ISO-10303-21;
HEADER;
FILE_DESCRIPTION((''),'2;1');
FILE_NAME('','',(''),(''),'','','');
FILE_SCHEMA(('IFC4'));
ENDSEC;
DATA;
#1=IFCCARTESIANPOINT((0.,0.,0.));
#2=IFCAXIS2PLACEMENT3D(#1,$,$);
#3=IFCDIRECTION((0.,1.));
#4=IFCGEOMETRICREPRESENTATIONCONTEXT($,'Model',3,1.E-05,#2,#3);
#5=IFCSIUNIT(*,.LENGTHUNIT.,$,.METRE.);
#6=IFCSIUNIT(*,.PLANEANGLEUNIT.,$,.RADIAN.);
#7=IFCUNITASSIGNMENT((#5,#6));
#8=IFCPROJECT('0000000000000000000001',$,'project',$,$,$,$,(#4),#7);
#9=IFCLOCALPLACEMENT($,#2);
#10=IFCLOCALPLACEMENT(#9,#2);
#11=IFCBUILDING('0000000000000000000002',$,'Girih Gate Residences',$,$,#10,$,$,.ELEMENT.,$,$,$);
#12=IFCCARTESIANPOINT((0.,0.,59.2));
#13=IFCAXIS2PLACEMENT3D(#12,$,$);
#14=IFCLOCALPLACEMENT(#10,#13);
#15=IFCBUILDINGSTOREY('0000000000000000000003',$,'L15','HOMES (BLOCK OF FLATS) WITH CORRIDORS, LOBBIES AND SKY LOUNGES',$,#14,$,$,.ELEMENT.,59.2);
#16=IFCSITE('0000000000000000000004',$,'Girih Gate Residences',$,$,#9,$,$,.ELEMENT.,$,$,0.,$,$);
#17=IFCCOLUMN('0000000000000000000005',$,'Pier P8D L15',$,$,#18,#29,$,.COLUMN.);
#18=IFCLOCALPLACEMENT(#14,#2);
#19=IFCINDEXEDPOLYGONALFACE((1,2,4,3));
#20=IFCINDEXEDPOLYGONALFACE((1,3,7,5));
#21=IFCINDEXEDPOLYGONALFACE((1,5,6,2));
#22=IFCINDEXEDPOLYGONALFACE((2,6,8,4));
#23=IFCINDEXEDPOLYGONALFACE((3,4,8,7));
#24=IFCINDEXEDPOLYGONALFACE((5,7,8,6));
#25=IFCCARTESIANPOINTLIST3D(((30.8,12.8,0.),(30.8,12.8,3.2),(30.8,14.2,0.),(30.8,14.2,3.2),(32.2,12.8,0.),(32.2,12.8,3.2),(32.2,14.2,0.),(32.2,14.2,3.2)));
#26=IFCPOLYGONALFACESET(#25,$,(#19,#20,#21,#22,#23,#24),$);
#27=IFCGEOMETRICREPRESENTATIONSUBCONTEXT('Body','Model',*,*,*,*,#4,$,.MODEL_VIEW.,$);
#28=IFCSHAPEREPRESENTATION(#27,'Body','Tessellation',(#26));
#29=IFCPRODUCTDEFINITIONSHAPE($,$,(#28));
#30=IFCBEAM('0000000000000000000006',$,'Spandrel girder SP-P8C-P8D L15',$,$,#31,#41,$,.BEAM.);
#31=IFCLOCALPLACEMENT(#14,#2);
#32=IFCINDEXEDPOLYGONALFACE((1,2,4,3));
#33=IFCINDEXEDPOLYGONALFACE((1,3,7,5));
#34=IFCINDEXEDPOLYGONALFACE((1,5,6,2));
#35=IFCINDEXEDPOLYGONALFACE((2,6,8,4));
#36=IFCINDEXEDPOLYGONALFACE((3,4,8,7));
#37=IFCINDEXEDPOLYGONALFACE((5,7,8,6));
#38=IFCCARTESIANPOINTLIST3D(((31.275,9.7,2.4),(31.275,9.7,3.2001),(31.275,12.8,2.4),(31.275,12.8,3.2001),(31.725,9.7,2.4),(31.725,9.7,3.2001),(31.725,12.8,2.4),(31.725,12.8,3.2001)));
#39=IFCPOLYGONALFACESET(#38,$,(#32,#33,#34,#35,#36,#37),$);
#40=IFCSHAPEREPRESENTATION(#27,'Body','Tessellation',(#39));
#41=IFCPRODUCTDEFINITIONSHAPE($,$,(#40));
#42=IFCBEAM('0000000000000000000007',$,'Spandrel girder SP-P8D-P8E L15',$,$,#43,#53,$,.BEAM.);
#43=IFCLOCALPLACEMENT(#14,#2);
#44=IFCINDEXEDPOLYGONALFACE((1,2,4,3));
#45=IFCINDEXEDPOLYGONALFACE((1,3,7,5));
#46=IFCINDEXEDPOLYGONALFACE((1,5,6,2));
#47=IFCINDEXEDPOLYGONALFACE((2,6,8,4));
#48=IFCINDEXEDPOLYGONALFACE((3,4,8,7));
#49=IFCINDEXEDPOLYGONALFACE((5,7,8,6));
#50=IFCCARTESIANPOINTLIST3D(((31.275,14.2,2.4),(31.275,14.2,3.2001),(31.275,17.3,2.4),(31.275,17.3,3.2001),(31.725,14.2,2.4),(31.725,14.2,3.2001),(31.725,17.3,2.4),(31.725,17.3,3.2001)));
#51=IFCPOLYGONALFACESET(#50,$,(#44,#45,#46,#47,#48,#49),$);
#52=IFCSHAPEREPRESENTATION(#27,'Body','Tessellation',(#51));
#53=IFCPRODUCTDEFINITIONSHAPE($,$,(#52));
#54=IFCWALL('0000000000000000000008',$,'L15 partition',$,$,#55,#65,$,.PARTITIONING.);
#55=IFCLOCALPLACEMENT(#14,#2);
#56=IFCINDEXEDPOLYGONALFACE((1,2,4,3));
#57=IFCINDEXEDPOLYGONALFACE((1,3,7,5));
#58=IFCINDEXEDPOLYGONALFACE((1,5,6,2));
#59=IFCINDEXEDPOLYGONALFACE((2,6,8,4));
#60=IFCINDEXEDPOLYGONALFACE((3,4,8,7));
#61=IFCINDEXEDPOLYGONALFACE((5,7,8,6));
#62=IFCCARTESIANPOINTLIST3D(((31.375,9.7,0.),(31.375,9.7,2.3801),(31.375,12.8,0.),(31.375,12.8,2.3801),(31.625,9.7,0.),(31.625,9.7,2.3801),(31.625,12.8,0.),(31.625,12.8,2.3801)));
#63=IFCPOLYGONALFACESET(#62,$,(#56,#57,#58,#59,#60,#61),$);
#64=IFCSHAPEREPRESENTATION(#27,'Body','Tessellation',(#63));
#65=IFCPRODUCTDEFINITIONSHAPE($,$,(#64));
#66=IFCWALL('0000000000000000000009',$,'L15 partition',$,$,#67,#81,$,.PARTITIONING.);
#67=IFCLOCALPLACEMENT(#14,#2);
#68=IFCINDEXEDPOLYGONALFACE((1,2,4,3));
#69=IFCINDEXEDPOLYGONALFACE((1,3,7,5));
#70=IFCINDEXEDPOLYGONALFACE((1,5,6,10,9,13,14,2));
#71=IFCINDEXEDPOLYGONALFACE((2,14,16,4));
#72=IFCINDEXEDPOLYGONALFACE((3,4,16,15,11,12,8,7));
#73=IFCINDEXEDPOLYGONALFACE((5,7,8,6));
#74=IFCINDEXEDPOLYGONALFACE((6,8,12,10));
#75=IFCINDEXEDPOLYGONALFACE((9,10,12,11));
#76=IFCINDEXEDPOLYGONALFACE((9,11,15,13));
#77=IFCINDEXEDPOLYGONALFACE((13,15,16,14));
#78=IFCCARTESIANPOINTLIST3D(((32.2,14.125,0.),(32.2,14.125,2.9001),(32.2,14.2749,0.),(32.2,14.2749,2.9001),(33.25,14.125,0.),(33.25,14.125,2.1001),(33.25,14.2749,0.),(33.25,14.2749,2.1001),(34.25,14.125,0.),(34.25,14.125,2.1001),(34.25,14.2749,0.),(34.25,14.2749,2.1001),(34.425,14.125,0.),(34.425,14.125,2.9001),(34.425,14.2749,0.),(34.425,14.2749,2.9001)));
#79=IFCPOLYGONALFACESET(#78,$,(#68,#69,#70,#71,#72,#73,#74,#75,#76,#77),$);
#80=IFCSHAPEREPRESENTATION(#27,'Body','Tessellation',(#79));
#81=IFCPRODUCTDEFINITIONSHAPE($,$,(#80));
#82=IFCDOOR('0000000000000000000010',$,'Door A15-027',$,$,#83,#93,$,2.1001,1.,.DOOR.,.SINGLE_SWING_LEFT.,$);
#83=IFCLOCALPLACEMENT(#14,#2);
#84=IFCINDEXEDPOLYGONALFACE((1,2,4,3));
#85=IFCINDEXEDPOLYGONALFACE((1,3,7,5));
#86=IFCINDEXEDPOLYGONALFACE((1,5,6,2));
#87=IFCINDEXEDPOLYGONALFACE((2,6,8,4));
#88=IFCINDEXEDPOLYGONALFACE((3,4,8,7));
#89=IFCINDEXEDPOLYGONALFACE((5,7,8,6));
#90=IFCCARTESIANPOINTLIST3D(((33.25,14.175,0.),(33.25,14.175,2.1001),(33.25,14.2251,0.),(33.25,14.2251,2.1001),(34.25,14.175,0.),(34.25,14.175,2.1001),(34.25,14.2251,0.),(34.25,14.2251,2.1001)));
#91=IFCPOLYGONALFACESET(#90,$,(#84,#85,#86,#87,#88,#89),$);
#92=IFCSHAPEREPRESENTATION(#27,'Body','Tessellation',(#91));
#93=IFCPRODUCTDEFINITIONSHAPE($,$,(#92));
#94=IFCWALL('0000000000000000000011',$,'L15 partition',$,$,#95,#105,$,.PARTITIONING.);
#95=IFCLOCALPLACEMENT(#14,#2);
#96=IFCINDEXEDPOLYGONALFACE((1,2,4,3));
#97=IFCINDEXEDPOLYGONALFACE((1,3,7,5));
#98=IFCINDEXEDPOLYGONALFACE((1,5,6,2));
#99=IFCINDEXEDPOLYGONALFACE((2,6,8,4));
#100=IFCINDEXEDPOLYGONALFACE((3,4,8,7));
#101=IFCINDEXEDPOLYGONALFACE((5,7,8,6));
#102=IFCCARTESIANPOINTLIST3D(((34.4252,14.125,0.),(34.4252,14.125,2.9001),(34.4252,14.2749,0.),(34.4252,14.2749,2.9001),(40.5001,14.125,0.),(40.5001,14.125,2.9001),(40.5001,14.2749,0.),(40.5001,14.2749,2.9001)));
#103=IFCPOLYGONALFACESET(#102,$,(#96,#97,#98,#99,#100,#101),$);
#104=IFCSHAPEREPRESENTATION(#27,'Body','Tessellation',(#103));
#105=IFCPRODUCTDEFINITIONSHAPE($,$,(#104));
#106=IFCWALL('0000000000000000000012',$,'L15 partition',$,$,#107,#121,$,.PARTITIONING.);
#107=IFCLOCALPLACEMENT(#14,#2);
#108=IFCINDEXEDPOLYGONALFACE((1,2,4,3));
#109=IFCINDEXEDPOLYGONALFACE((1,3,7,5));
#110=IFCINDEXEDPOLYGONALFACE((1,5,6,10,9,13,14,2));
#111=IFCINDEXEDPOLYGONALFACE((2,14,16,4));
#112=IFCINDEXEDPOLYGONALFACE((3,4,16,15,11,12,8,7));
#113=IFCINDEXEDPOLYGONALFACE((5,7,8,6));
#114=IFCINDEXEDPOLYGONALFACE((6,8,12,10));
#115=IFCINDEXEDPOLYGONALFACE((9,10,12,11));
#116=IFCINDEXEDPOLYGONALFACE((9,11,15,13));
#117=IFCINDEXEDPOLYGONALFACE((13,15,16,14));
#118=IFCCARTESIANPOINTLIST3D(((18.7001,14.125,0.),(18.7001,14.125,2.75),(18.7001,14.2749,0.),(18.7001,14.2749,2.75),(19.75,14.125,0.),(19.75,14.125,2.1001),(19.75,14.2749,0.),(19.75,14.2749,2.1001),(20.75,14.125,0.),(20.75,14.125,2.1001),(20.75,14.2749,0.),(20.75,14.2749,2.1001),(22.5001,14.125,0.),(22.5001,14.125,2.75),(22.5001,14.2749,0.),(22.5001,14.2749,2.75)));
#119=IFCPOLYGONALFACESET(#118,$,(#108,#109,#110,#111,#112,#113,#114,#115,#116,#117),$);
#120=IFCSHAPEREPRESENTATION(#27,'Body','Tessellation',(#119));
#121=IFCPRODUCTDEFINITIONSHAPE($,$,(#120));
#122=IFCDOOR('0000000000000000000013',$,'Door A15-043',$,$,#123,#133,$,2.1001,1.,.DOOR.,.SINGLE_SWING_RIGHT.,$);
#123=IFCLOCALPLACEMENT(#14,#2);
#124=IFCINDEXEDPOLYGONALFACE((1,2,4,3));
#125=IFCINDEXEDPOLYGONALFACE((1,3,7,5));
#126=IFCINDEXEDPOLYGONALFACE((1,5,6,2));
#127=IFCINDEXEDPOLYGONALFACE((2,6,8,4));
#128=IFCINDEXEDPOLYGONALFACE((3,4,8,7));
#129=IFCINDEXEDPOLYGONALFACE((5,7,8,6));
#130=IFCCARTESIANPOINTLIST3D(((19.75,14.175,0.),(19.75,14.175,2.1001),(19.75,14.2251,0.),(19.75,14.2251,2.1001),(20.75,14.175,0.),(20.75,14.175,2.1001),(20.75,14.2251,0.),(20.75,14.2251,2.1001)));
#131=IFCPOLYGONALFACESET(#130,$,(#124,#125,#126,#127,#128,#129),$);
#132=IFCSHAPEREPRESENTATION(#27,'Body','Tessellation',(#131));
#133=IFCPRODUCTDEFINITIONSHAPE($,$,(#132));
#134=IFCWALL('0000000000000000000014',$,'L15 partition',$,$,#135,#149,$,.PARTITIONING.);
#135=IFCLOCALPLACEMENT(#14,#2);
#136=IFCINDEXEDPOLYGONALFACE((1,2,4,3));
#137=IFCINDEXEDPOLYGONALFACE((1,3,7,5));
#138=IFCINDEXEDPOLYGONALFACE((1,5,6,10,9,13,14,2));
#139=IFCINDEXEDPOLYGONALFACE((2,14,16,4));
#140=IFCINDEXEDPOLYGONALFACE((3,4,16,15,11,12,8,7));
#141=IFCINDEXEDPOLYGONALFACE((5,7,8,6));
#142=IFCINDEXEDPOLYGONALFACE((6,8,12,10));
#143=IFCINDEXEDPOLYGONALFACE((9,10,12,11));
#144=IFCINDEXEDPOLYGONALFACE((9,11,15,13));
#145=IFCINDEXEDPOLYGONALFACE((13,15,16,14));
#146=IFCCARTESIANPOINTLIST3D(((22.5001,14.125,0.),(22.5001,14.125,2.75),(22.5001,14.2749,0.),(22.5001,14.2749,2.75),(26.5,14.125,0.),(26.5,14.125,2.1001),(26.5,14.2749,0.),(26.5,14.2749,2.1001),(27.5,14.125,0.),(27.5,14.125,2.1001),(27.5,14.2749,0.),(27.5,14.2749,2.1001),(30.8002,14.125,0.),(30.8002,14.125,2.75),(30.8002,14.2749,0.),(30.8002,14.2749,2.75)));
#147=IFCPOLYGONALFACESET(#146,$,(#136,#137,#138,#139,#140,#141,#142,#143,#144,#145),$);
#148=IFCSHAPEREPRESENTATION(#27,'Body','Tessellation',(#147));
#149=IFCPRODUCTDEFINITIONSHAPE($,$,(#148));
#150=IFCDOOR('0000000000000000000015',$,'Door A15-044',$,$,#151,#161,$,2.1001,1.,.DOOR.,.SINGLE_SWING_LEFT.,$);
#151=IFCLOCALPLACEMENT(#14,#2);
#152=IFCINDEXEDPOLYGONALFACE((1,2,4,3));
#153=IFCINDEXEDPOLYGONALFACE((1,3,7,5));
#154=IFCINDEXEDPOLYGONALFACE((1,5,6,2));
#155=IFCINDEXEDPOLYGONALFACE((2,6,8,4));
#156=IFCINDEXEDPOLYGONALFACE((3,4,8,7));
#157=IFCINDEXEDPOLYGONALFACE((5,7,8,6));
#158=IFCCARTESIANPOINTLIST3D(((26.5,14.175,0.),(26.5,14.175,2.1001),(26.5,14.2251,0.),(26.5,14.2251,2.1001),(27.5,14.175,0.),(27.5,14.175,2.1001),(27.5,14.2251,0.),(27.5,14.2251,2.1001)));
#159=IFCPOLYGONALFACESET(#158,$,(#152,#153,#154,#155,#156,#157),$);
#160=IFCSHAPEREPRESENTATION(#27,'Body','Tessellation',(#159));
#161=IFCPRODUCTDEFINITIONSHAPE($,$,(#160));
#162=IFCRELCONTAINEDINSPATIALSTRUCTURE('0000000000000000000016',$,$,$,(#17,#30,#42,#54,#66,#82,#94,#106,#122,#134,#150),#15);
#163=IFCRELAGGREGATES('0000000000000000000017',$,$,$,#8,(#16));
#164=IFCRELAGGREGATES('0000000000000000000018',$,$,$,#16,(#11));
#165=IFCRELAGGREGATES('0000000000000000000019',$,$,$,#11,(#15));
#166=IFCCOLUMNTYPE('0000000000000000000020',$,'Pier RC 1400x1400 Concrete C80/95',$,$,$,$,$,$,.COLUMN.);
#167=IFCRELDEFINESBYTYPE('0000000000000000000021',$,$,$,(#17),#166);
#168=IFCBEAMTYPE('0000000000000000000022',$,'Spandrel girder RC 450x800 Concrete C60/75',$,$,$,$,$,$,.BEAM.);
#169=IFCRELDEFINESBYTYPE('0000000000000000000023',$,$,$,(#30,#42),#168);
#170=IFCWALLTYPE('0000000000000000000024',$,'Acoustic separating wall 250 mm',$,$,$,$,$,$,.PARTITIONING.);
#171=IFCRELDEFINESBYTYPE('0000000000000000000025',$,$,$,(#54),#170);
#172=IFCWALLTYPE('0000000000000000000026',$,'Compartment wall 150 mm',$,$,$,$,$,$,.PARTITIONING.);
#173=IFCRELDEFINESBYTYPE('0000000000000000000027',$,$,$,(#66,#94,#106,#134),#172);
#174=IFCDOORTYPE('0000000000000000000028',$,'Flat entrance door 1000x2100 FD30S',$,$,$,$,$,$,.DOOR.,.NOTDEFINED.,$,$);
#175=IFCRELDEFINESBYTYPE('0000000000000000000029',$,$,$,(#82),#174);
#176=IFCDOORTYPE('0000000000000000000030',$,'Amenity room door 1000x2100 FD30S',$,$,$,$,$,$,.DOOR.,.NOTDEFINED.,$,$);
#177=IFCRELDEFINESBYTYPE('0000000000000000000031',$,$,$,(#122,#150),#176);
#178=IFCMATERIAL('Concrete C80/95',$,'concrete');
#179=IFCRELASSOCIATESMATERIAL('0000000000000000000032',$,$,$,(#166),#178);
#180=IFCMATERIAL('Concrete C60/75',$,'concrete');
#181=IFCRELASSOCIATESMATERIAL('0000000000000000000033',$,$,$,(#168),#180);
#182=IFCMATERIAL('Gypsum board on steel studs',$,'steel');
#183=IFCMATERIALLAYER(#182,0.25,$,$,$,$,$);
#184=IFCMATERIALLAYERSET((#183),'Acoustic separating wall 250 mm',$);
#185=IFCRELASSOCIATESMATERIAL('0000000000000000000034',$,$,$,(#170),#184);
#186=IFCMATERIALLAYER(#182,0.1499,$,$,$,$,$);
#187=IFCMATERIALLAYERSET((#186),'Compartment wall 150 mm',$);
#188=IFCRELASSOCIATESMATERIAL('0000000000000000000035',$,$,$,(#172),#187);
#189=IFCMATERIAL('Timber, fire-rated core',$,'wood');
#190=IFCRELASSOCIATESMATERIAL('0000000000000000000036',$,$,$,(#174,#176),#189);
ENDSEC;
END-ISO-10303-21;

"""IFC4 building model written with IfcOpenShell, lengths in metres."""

from ifc_helpers import new_model, si_unit, direction, frame, frame_2d, origin, origin_2d, place, context, subcontext, project, spatial, rectangle, extrude, material, layer, layer_set, material_profile, profile_set, type_object, element, fill, save


model = new_model("IFC4")

# Units and contexts
model_context = context("Model", 3, precision=1e-05, world=origin(), true_north=direction((0.0, 1.0)))
body_context = subcontext(model_context, "Body", "Model", "MODEL_VIEW")
ifc_project = project(units=[si_unit("LENGTHUNIT", "METRE"), si_unit("PLANEANGLEUNIT", "RADIAN")], contexts=[model_context])

# Site, building, storey
site_placement = place(None, origin())
site = spatial("IfcSite", under=ifc_project, at=site_placement, Name="Girih Gate Residences", CompositionType="ELEMENT", RefElevation=0.0)
building_placement = place(site_placement, origin())
building = spatial("IfcBuilding", under=site, at=building_placement, Name="Girih Gate Residences", CompositionType="ELEMENT")
storey_placement = place(building_placement, frame((0.0, 0.0, 59.2)))
storey = spatial("IfcBuildingStorey", under=building, at=storey_placement, Name="L15", Description="HOMES (BLOCK OF FLATS) WITH CORRIDORS, LOBBIES AND SKY LOUNGES", CompositionType="ELEMENT", Elevation=59.2)

# Column
ifc_material_1 = material(Name="Concrete C80/95", Category="concrete")
ifc_material_profile_1 = material_profile(ifc_material_1, rectangle(XDim=1.3999, YDim=1.3999, at=origin_2d()))
ifc_profile_set_1 = profile_set([ifc_material_profile_1], Name="Concrete C80/95")
column_type = type_object("IfcColumnType", Name="Pier RC 1400x1400 Concrete C80/95", PredefinedType="COLUMN", material=ifc_profile_set_1)
column_placement = place(storey_placement, frame((31.5, 13.5, 0.0), z_axis=(0.0, 0.0, 1.0), x_axis=(1.0, 0.0, 0.0)))
element("IfcColumn", 1, at=column_placement, inside=storey, type_object=column_type, Name="Pier P8D L15", PredefinedType="COLUMN", context=body_context, shape_type="SweptSolid", body=[
    extrude(rectangle(XDim=1.3999, YDim=1.3999, at=origin_2d()), origin(), (0.0, 0.0, 1.0), 3.2),
])

# Beams
ifc_material_2 = material(Name="Concrete C60/75", Category="concrete")
ifc_material_profile_2 = material_profile(ifc_material_2, rectangle(XDim=0.45, YDim=0.8, at=origin_2d()))
ifc_profile_set_2 = profile_set([ifc_material_profile_2], Name="Concrete C60/75")
beam_type = type_object("IfcBeamType", Name="Spandrel girder RC 450x800 Concrete C60/75", PredefinedType="BEAM", material=ifc_profile_set_2)
for number, where, z_axis, x_axis, name in (
    (2, (31.5, 9.7, 2.8), (0.0, 1.0, 0.0), (-1.0, 0.0, 0.0), "Spandrel girder SP-P8C-P8D L15"),
    (3, (31.5, 14.2, 2.8), (0.0, 1.0, 0.0), (-1.0, 0.0, 0.0), "Spandrel girder SP-P8D-P8E L15"),
):
    element("IfcBeam", number, at=place(storey_placement, frame(where, z_axis=z_axis, x_axis=x_axis)), inside=storey, type_object=beam_type, Name=name, PredefinedType="BEAM", context=body_context, shape_type="SweptSolid", body=[
        extrude(rectangle(XDim=0.45, YDim=0.8, at=origin_2d()), origin(), (0.0, 0.0, 1.0), 3.1001),
    ])

# Wall
ifc_material_3 = material(Name="Gypsum board on steel studs", Category="steel")
ifc_layer_1 = layer(ifc_material_3, 0.25)
ifc_layer_set_1 = layer_set([ifc_layer_1], Name="Acoustic separating wall 250 mm")
wall_type_1 = type_object("IfcWallType", Name="Acoustic separating wall 250 mm", PredefinedType="PARTITIONING", material=ifc_layer_set_1)
wall_1_placement = place(storey_placement, frame((31.5, 9.7, 0.0), z_axis=(0.0, 0.0, 1.0), x_axis=(0.0, 1.0, 0.0)))
element("IfcWall", 4, at=wall_1_placement, inside=storey, type_object=wall_type_1, Name="L15 partition", PredefinedType="PARTITIONING", context=body_context, shape_type="SweptSolid", body=[
    extrude(rectangle(XDim=3.1001, YDim=0.25, at=frame_2d((1.55, 0.0))), origin(), (0.0, 0.0, 1.0), 2.3801),
])

# Wall, opening, door
ifc_layer_2 = layer(ifc_material_3, 0.1499)
ifc_layer_set_2 = layer_set([ifc_layer_2], Name="Compartment wall 150 mm")
wall_type_2 = type_object("IfcWallType", Name="Compartment wall 150 mm", PredefinedType="PARTITIONING", material=ifc_layer_set_2)
wall_2_placement = place(storey_placement, frame((34.425, 14.2, 0.0), z_axis=(0.0, 0.0, 1.0), x_axis=(-1.0, 0.0, 0.0)))
wall_2 = element("IfcWall", 5, at=wall_2_placement, inside=storey, type_object=wall_type_2, Name="L15 partition", PredefinedType="PARTITIONING", context=body_context, shape_type="SweptSolid", body=[
    extrude(rectangle(XDim=2.2251, YDim=0.1499, at=frame_2d((1.1125, 0.0))), origin(), (0.0, 0.0, 1.0), 2.9001),
])
opening_1_placement = place(wall_2_placement, frame((0.175, 0.0, 0.0)))
opening_1 = element("IfcOpeningElement", 6, at=opening_1_placement, cuts=wall_2, PredefinedType="OPENING", context=body_context, shape_type="SweptSolid", body=[
    extrude(rectangle(XDim=1.0, YDim=2.1001, at=frame_2d((0.5, 1.05))), frame((0.0, 0.085, 0.0), z_axis=(0.0, -1.0, 0.0), x_axis=(1.0, 0.0, 0.0)), (0.0, 0.0, 1.0), 0.1699),
])
ifc_material_4 = material(Name="Timber, fire-rated core", Category="wood")
door_type_1 = type_object("IfcDoorType", Name="Flat entrance door 1000x2100 FD30S", OperationType="NOTDEFINED", PredefinedType="DOOR", material=ifc_material_4)
door_1_placement = place(opening_1_placement, origin())
door_1 = element("IfcDoor", 7, at=door_1_placement, inside=storey, type_object=door_type_1, Name="Door A15-027", OperationType="SINGLE_SWING_LEFT", OverallHeight=2.1001, OverallWidth=1.0, PredefinedType="DOOR", context=body_context, shape_type="SweptSolid", body=[
    extrude(rectangle(XDim=1.0, YDim=2.1001, at=frame_2d((0.5, 1.05))), frame((0.0, 0.0249, 0.0), z_axis=(0.0, -1.0, 0.0), x_axis=(1.0, 0.0, 0.0)), (0.0, 0.0, 1.0), 0.05),
])
fill(opening_1, door_1)

# Wall
wall_3_placement = place(storey_placement, frame((34.425, 14.2, 0.0), z_axis=(0.0, 0.0, 1.0), x_axis=(1.0, 0.0, 0.0)))
element("IfcWall", 8, at=wall_3_placement, inside=storey, type_object=wall_type_2, Name="L15 partition", PredefinedType="PARTITIONING", context=body_context, shape_type="SweptSolid", body=[
    extrude(rectangle(XDim=6.075, YDim=0.1499, at=frame_2d((3.0376, 0.0))), origin(), (0.0, 0.0, 1.0), 2.9001),
])

# Walls, openings, doors
wall_4_placement = place(storey_placement, frame((22.5, 14.2, 0.0), z_axis=(0.0, 0.0, 1.0), x_axis=(-1.0, 0.0, 0.0)))
wall_4 = element("IfcWall", 9, at=wall_4_placement, inside=storey, type_object=wall_type_2, Name="L15 partition", PredefinedType="PARTITIONING", context=body_context, shape_type="SweptSolid", body=[
    extrude(rectangle(XDim=3.8, YDim=0.1499, at=frame_2d((1.8999, 0.0))), origin(), (0.0, 0.0, 1.0), 2.75),
])
opening_2_placement = place(wall_4_placement, frame((1.75, 0.0, 0.0)))
opening_2 = element("IfcOpeningElement", 10, at=opening_2_placement, cuts=wall_4, PredefinedType="OPENING", context=body_context, shape_type="SweptSolid", body=[
    extrude(rectangle(XDim=1.0, YDim=2.1001, at=frame_2d((0.5, 1.05))), frame((0.0, 0.085, 0.0), z_axis=(0.0, -1.0, 0.0), x_axis=(1.0, 0.0, 0.0)), (0.0, 0.0, 1.0), 0.1699),
])
door_type_2 = type_object("IfcDoorType", Name="Amenity room door 1000x2100 FD30S", OperationType="NOTDEFINED", PredefinedType="DOOR", material=ifc_material_4)
door_2_placement = place(opening_2_placement, origin())
door_2 = element("IfcDoor", 11, at=door_2_placement, inside=storey, type_object=door_type_2, Name="Door A15-043", OperationType="SINGLE_SWING_RIGHT", OverallHeight=2.1001, OverallWidth=1.0, PredefinedType="DOOR", context=body_context, shape_type="SweptSolid", body=[
    extrude(rectangle(XDim=1.0, YDim=2.1001, at=frame_2d((0.5, 1.05))), frame((0.0, 0.0249, 0.0), z_axis=(0.0, -1.0, 0.0), x_axis=(1.0, 0.0, 0.0)), (0.0, 0.0, 1.0), 0.05),
])
fill(opening_2, door_2)
wall_5_placement = place(storey_placement, frame((30.8, 14.2, 0.0), z_axis=(0.0, 0.0, 1.0), x_axis=(-1.0, 0.0, 0.0)))
wall_5 = element("IfcWall", 12, at=wall_5_placement, inside=storey, type_object=wall_type_2, Name="L15 partition", PredefinedType="PARTITIONING", context=body_context, shape_type="SweptSolid", body=[
    extrude(rectangle(XDim=8.3, YDim=0.1499, at=frame_2d((4.1499, 0.0))), origin(), (0.0, 0.0, 1.0), 2.75),
])
opening_3_placement = place(wall_5_placement, frame((3.3, 0.0, 0.0)))
opening_3 = element("IfcOpeningElement", 13, at=opening_3_placement, cuts=wall_5, PredefinedType="OPENING", context=body_context, shape_type="SweptSolid", body=[
    extrude(rectangle(XDim=1.0, YDim=2.1001, at=frame_2d((0.5, 1.05))), frame((0.0, 0.085, 0.0), z_axis=(0.0, -1.0, 0.0), x_axis=(1.0, 0.0, 0.0)), (0.0, 0.0, 1.0), 0.1699),
])
door_3_placement = place(opening_3_placement, origin())
door_3 = element("IfcDoor", 14, at=door_3_placement, inside=storey, type_object=door_type_2, Name="Door A15-044", OperationType="SINGLE_SWING_LEFT", OverallHeight=2.1001, OverallWidth=1.0, PredefinedType="DOOR", context=body_context, shape_type="SweptSolid", body=[
    extrude(rectangle(XDim=1.0, YDim=2.1001, at=frame_2d((0.5, 1.05))), frame((0.0, 0.0249, 0.0), z_axis=(0.0, -1.0, 0.0), x_axis=(1.0, 0.0, 0.0)), (0.0, 0.0, 1.0), 0.05),
])
fill(opening_3, door_3)

save(model, "model.ifc")
